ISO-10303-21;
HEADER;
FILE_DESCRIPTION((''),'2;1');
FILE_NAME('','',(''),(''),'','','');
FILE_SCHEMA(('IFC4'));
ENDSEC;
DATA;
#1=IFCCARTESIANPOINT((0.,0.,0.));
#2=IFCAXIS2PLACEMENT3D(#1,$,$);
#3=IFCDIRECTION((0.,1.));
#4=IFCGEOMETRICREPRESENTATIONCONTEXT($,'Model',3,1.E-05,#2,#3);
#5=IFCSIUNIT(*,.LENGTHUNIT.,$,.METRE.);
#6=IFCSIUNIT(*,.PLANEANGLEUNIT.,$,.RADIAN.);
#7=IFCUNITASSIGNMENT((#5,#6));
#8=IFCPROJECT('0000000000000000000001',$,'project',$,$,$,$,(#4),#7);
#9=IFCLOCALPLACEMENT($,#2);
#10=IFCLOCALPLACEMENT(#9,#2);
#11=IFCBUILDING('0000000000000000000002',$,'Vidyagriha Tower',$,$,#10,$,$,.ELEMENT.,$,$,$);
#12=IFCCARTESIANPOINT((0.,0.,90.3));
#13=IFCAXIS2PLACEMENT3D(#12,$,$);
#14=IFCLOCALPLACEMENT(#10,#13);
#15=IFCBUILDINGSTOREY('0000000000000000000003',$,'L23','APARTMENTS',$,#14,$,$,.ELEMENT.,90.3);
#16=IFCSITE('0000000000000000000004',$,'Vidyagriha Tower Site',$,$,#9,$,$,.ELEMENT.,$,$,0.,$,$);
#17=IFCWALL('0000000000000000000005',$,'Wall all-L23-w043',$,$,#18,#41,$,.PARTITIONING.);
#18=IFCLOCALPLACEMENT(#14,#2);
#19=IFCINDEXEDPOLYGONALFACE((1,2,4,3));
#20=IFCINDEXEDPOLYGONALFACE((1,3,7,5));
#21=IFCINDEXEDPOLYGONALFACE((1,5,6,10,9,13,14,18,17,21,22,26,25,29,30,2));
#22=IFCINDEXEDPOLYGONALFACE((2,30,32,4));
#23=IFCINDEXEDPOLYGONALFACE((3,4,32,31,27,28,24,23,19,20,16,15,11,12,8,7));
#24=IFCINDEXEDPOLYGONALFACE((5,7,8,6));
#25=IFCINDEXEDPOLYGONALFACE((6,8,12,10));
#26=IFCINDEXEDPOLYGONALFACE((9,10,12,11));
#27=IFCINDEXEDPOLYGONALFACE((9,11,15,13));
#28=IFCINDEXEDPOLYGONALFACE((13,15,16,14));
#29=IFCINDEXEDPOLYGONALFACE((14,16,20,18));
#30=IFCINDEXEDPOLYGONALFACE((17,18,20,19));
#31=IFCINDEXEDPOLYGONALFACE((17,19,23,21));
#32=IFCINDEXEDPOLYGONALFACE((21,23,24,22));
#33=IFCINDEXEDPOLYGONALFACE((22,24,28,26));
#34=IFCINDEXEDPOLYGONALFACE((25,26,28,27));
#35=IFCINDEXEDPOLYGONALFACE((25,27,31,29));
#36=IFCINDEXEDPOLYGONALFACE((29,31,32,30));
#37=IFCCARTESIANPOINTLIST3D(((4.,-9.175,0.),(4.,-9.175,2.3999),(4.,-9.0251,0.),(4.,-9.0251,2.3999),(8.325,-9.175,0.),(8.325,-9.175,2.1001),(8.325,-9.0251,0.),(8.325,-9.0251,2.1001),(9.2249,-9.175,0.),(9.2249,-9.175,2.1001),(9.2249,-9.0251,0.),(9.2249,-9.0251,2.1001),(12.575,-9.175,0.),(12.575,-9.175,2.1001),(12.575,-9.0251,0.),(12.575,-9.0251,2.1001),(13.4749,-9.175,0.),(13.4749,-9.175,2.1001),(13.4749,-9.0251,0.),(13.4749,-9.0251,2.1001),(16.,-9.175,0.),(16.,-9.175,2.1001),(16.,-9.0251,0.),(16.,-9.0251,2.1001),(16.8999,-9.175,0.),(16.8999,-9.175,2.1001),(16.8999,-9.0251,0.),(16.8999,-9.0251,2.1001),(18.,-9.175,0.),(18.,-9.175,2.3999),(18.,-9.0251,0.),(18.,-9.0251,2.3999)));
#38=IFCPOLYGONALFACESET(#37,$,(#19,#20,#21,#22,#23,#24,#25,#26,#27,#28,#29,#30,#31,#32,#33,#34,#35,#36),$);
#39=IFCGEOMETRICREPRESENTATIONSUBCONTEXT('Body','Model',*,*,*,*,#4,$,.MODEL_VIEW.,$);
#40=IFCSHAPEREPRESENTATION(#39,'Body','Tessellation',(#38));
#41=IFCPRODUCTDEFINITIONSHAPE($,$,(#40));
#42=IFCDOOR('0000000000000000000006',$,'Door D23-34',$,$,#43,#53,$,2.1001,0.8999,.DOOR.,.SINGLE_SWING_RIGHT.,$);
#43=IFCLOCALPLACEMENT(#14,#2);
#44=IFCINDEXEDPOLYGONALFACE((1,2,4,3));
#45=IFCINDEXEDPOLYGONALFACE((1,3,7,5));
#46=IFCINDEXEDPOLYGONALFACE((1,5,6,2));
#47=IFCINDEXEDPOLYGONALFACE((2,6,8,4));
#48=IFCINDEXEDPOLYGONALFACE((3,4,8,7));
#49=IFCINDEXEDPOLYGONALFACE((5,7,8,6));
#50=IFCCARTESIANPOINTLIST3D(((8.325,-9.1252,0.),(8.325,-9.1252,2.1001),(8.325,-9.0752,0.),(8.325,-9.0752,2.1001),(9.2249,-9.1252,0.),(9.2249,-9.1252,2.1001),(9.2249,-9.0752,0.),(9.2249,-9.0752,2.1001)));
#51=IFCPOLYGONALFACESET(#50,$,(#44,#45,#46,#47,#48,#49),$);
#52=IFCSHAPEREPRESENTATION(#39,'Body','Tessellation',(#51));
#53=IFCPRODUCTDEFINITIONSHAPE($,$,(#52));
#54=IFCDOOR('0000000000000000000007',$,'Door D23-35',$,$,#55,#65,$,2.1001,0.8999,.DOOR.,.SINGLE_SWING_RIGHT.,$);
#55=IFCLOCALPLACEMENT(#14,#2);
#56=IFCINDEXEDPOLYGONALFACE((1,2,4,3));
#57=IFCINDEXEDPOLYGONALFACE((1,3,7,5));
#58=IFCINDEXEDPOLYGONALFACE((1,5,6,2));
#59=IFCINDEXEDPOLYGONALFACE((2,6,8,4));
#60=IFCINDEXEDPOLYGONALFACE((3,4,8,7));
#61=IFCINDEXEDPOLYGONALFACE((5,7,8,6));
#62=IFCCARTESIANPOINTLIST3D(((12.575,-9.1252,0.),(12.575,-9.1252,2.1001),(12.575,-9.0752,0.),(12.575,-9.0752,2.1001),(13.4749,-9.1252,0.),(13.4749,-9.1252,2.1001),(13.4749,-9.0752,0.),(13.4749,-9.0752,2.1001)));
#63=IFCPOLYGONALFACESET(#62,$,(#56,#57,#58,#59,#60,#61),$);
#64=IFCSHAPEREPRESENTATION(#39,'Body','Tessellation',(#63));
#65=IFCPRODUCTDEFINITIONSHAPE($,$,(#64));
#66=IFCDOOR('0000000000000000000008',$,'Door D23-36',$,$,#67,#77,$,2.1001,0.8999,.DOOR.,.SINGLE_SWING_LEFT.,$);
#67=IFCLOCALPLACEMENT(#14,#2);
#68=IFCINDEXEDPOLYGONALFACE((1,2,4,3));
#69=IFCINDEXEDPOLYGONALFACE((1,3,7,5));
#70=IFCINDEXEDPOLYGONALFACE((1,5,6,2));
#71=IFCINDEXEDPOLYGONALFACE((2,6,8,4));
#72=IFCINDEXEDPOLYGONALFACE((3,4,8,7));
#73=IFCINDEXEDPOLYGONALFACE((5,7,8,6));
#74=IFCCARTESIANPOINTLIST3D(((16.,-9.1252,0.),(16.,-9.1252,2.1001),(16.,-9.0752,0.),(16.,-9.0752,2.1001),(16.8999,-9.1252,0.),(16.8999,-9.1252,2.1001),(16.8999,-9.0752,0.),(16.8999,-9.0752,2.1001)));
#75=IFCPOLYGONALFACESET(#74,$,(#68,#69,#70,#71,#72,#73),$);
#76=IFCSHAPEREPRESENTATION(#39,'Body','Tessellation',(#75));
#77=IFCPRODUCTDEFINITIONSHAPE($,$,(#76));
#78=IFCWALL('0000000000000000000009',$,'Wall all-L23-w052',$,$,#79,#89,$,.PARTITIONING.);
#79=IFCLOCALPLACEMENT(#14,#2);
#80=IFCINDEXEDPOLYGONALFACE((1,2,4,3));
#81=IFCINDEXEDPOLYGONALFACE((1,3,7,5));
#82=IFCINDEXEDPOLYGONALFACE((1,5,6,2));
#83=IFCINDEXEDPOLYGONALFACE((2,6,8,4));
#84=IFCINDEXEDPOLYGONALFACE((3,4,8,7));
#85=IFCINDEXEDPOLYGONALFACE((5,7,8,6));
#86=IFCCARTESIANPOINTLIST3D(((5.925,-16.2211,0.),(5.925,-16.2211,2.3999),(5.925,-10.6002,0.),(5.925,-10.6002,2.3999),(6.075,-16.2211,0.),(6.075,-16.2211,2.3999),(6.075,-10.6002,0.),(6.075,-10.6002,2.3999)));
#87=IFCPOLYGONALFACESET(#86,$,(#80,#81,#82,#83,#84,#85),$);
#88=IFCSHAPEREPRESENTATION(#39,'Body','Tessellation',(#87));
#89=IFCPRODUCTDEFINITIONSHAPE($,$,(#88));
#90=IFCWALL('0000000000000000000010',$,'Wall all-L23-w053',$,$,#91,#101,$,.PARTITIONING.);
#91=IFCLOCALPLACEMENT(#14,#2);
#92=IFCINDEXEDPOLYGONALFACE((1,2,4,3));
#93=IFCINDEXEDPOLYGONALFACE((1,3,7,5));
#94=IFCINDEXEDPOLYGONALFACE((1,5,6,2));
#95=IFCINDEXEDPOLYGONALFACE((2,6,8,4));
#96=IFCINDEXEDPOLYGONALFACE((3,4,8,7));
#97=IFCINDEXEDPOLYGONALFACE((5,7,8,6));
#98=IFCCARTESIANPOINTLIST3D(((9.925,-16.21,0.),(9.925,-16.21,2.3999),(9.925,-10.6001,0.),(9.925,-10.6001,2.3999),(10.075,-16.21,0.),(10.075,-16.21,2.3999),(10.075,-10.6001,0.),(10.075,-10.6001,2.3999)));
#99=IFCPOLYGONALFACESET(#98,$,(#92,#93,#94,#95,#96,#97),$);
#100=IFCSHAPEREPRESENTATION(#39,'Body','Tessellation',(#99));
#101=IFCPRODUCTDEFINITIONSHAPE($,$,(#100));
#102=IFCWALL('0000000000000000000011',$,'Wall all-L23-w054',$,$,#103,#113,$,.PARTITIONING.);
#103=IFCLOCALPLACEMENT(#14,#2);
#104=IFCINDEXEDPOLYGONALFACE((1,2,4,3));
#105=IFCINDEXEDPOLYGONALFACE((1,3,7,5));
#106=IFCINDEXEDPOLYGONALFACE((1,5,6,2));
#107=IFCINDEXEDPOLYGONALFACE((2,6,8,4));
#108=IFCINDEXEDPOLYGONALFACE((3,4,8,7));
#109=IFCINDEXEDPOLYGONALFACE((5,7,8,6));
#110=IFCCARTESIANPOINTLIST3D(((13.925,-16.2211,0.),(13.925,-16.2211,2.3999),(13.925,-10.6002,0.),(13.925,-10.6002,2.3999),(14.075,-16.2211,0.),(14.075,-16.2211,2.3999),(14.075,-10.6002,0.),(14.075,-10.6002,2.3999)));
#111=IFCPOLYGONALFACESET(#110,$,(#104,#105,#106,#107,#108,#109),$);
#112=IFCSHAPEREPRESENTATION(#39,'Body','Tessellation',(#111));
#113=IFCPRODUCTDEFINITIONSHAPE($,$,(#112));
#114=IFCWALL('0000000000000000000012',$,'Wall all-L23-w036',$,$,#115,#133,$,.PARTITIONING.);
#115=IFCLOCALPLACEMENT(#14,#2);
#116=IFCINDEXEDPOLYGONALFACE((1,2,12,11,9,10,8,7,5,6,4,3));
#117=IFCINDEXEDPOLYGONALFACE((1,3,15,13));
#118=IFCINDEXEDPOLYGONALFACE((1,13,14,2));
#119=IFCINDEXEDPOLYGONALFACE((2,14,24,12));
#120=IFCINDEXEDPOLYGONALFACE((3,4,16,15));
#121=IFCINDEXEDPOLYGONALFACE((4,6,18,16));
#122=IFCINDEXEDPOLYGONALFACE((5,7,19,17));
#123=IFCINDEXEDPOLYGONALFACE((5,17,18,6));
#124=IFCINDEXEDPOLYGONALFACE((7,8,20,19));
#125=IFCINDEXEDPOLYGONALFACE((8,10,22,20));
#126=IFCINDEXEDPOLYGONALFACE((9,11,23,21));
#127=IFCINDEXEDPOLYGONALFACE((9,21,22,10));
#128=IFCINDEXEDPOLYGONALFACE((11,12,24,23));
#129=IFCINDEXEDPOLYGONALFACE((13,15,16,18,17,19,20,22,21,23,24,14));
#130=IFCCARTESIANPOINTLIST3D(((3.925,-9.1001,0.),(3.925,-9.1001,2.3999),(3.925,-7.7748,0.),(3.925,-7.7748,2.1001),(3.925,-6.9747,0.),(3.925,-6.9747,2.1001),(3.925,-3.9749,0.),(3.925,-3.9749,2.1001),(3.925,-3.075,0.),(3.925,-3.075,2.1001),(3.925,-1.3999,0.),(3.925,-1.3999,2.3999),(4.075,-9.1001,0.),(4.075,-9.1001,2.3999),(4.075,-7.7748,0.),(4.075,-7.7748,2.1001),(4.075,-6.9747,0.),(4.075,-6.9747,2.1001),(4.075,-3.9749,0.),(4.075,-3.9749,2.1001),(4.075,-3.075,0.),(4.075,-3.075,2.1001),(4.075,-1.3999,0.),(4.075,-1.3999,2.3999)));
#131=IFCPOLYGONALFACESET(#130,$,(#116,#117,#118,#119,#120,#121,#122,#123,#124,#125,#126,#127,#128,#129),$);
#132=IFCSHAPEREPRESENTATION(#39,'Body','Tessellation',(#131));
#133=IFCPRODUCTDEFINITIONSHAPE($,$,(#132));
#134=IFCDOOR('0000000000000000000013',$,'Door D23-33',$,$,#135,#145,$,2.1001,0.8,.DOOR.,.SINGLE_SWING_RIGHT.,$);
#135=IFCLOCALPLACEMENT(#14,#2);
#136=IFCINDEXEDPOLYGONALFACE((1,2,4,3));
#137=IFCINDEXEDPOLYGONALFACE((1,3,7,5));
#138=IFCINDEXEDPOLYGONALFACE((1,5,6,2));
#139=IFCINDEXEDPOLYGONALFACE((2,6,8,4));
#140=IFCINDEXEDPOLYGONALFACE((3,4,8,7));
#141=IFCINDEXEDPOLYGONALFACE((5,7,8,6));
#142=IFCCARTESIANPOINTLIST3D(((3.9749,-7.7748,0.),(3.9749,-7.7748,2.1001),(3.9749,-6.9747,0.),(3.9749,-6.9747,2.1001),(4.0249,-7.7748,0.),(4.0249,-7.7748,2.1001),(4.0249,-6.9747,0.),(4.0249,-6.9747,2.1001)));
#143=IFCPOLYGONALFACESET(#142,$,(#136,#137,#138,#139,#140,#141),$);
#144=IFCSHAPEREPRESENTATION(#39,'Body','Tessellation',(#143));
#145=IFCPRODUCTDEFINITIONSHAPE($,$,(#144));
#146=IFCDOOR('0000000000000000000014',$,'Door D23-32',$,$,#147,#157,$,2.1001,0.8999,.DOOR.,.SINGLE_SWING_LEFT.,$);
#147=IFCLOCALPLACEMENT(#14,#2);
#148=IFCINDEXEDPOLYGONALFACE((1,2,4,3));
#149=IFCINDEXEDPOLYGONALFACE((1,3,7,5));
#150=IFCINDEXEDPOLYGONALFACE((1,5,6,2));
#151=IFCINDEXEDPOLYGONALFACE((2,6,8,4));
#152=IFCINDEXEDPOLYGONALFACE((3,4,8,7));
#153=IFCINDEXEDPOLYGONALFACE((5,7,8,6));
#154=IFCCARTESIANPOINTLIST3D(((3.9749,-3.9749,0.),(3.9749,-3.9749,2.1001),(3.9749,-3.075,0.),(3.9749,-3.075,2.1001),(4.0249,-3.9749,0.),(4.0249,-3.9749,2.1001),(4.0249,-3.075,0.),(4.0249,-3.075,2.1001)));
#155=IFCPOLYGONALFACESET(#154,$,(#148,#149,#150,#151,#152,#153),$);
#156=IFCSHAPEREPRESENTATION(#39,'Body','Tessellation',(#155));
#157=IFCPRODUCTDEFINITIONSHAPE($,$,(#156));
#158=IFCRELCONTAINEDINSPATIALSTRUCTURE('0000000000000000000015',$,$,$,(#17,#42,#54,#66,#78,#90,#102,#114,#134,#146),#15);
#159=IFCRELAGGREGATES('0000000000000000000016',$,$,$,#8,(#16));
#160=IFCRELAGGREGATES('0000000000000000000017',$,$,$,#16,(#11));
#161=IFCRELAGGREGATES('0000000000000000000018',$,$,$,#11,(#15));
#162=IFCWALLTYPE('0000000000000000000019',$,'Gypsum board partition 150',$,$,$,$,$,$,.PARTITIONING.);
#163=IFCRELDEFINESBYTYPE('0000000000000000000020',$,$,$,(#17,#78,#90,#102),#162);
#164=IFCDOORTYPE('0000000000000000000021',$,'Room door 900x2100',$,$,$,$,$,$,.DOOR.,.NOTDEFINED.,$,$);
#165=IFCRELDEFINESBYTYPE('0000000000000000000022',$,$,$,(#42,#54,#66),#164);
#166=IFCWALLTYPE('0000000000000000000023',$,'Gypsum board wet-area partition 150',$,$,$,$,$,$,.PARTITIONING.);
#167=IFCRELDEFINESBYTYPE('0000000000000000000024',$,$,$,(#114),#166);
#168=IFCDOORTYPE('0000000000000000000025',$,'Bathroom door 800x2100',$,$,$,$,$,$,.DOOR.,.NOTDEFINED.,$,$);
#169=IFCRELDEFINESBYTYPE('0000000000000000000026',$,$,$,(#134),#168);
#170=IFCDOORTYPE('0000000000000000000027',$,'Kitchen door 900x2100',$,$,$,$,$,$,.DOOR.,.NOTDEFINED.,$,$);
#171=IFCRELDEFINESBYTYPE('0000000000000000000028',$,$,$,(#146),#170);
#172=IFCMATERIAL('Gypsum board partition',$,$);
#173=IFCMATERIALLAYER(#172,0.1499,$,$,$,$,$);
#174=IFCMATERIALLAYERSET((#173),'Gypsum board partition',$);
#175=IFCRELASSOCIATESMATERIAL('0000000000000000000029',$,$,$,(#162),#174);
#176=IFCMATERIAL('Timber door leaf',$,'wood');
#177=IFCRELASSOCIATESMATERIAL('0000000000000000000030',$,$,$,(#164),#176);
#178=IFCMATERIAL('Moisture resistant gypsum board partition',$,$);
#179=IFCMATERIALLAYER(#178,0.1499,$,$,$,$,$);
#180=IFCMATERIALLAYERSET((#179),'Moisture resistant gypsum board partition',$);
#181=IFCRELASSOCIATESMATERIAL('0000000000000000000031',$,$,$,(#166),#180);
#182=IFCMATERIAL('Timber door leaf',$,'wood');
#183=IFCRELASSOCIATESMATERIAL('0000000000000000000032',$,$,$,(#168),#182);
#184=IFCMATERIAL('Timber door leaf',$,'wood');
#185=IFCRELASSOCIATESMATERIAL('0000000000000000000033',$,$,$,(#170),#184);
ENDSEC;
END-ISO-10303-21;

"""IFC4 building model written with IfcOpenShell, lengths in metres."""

from ifc_helpers import new_model, si_unit, direction, frame, frame_2d, origin, place, context, subcontext, project, spatial, rectangle, extrude, material, layer, layer_set, type_object, element, fill, save


model = new_model("IFC4")

# Units and contexts
model_context = context("Model", 3, precision=1e-05, world=origin(), true_north=direction((0.0, 1.0)))
body_context = subcontext(model_context, "Body", "Model", "MODEL_VIEW")
ifc_project = project(units=[si_unit("LENGTHUNIT", "METRE"), si_unit("PLANEANGLEUNIT", "RADIAN")], contexts=[model_context])

# Site, building, storey
site_placement = place(None, origin())
site = spatial("IfcSite", under=ifc_project, at=site_placement, Name="Vidyagriha Tower Site", CompositionType="ELEMENT", RefElevation=0.0)
building_placement = place(site_placement, origin())
building = spatial("IfcBuilding", under=site, at=building_placement, Name="Vidyagriha Tower", CompositionType="ELEMENT")
storey_placement = place(building_placement, frame((0.0, 0.0, 90.3)))
storey = spatial("IfcBuildingStorey", under=building, at=storey_placement, Name="L23", Description="APARTMENTS", CompositionType="ELEMENT", Elevation=90.3)

# Shared definitions
ifc_material_1 = material(Name="Gypsum board partition")
ifc_layer_1 = layer(ifc_material_1, 0.1499)
ifc_layer_set_1 = layer_set([ifc_layer_1], Name="Gypsum board partition")
wall_type_1 = type_object("IfcWallType", Name="Gypsum board partition 150", PredefinedType="PARTITIONING", material=ifc_layer_set_1)

# Wall, openings, doors
wall_1_placement = place(storey_placement, frame((4.0, -9.1001, 0.0)))
wall_1 = element("IfcWall", 1, at=wall_1_placement, inside=storey, type_object=wall_type_1, Name="Wall all-L23-w043", PredefinedType="PARTITIONING", context=body_context, shape_type="SweptSolid", body=[
    extrude(rectangle(XDim=14.0, YDim=0.1499, at=frame_2d((7.0, 0.0))), origin(), (0.0, 0.0, 1.0), 2.3999),
])
opening_1_placement = place(wall_1_placement, frame((4.325, 0.0, 0.0)))
opening_1 = element("IfcOpeningElement", 2, at=opening_1_placement, cuts=wall_1, PredefinedType="OPENING", context=body_context, shape_type="SweptSolid", body=[
    extrude(rectangle(XDim=0.8999, YDim=2.1001, at=frame_2d((0.45, 1.05))), frame((0.0, 0.085, 0.0), z_axis=(0.0, -1.0, 0.0), x_axis=(1.0, 0.0, 0.0)), (0.0, 0.0, 1.0), 0.1699),
])
opening_2_placement = place(wall_1_placement, frame((8.575, 0.0, 0.0)))
opening_2 = element("IfcOpeningElement", 3, at=opening_2_placement, cuts=wall_1, PredefinedType="OPENING", context=body_context, shape_type="SweptSolid", body=[
    extrude(rectangle(XDim=0.8999, YDim=2.1001, at=frame_2d((0.45, 1.05))), frame((0.0, 0.085, 0.0), z_axis=(0.0, -1.0, 0.0), x_axis=(1.0, 0.0, 0.0)), (0.0, 0.0, 1.0), 0.1699),
])
opening_3_placement = place(wall_1_placement, frame((12.0, 0.0, 0.0)))
opening_3 = element("IfcOpeningElement", 4, at=opening_3_placement, cuts=wall_1, PredefinedType="OPENING", context=body_context, shape_type="SweptSolid", body=[
    extrude(rectangle(XDim=0.8999, YDim=2.1001, at=frame_2d((0.45, 1.05))), frame((0.0, 0.085, 0.0), z_axis=(0.0, -1.0, 0.0), x_axis=(1.0, 0.0, 0.0)), (0.0, 0.0, 1.0), 0.1699),
])
ifc_material_2 = material(Name="Timber door leaf", Category="wood")
door_type_1 = type_object("IfcDoorType", Name="Room door 900x2100", OperationType="NOTDEFINED", PredefinedType="DOOR", material=ifc_material_2)
door_1_placement = place(opening_1_placement, origin())
door_1 = element("IfcDoor", 5, at=door_1_placement, inside=storey, type_object=door_type_1, Name="Door D23-34", OperationType="SINGLE_SWING_RIGHT", OverallHeight=2.1001, OverallWidth=0.8999, PredefinedType="DOOR", context=body_context, shape_type="SweptSolid", body=[
    extrude(rectangle(XDim=0.8999, YDim=2.1001, at=frame_2d((0.45, 1.05))), frame((0.0, 0.0249, 0.0), z_axis=(0.0, -1.0, 0.0), x_axis=(1.0, 0.0, 0.0)), (0.0, 0.0, 1.0), 0.05),
])
fill(opening_1, door_1)
door_2_placement = place(opening_2_placement, origin())
door_2 = element("IfcDoor", 6, at=door_2_placement, inside=storey, type_object=door_type_1, Name="Door D23-35", OperationType="SINGLE_SWING_RIGHT", OverallHeight=2.1001, OverallWidth=0.8999, PredefinedType="DOOR", context=body_context, shape_type="SweptSolid", body=[
    extrude(rectangle(XDim=0.8999, YDim=2.1001, at=frame_2d((0.45, 1.05))), frame((0.0, 0.0249, 0.0), z_axis=(0.0, -1.0, 0.0), x_axis=(1.0, 0.0, 0.0)), (0.0, 0.0, 1.0), 0.05),
])
fill(opening_2, door_2)
door_3_placement = place(opening_3_placement, origin())
door_3 = element("IfcDoor", 7, at=door_3_placement, inside=storey, type_object=door_type_1, Name="Door D23-36", OperationType="SINGLE_SWING_LEFT", OverallHeight=2.1001, OverallWidth=0.8999, PredefinedType="DOOR", context=body_context, shape_type="SweptSolid", body=[
    extrude(rectangle(XDim=0.8999, YDim=2.1001, at=frame_2d((0.45, 1.05))), frame((0.0, 0.0249, 0.0), z_axis=(0.0, -1.0, 0.0), x_axis=(1.0, 0.0, 0.0)), (0.0, 0.0, 1.0), 0.05),
])
fill(opening_3, door_3)

# Walls
wall_2_placement = place(storey_placement, frame((6.0, -10.6001, 0.0), z_axis=(0.0, 0.0, 1.0), x_axis=(0.0, -1.0, 0.0)))
element("IfcWall", 8, at=wall_2_placement, inside=storey, type_object=wall_type_1, Name="Wall all-L23-w052", PredefinedType="PARTITIONING", context=body_context, shape_type="SweptSolid", body=[
    extrude(rectangle(XDim=5.6208, YDim=0.1499, at=frame_2d((2.8105, 0.0))), origin(), (0.0, 0.0, 1.0), 2.3999),
])
wall_3_placement = place(storey_placement, frame((10.0, -10.6001, 0.0), z_axis=(0.0, 0.0, 1.0), x_axis=(0.0, -1.0, 0.0)))
element("IfcWall", 9, at=wall_3_placement, inside=storey, type_object=wall_type_1, Name="Wall all-L23-w053", PredefinedType="PARTITIONING", context=body_context, shape_type="SweptSolid", body=[
    extrude(rectangle(XDim=5.6099, YDim=0.1499, at=frame_2d((2.8049, 0.0))), origin(), (0.0, 0.0, 1.0), 2.3999),
])
wall_4_placement = place(storey_placement, frame((14.0, -10.6001, 0.0), z_axis=(0.0, 0.0, 1.0), x_axis=(0.0, -1.0, 0.0)))
element("IfcWall", 10, at=wall_4_placement, inside=storey, type_object=wall_type_1, Name="Wall all-L23-w054", PredefinedType="PARTITIONING", context=body_context, shape_type="SweptSolid", body=[
    extrude(rectangle(XDim=5.6208, YDim=0.1499, at=frame_2d((2.8105, 0.0))), origin(), (0.0, 0.0, 1.0), 2.3999),
])

# Wall, openings, doors
ifc_material_3 = material(Name="Moisture resistant gypsum board partition")
ifc_layer_2 = layer(ifc_material_3, 0.1499)
ifc_layer_set_2 = layer_set([ifc_layer_2], Name="Moisture resistant gypsum board partition")
wall_type_2 = type_object("IfcWallType", Name="Gypsum board wet-area partition 150", PredefinedType="PARTITIONING", material=ifc_layer_set_2)
wall_5_placement = place(storey_placement, frame((4.0, -1.3999, 0.0), z_axis=(0.0, 0.0, 1.0), x_axis=(0.0, -1.0, 0.0)))
wall_5 = element("IfcWall", 11, at=wall_5_placement, inside=storey, type_object=wall_type_2, Name="Wall all-L23-w036", PredefinedType="PARTITIONING", context=body_context, shape_type="SweptSolid", body=[
    extrude(rectangle(XDim=7.7002, YDim=0.1499, at=frame_2d((3.8501, 0.0))), origin(), (0.0, 0.0, 1.0), 2.3999),
])
opening_4_placement = place(wall_5_placement, frame((1.675, 0.0, 0.0)))
opening_4 = element("IfcOpeningElement", 12, at=opening_4_placement, cuts=wall_5, PredefinedType="OPENING", context=body_context, shape_type="SweptSolid", body=[
    extrude(rectangle(XDim=0.8999, YDim=2.1001, at=frame_2d((0.45, 1.05))), frame((0.0, 0.085, 0.0), z_axis=(0.0, -1.0, 0.0), x_axis=(1.0, 0.0, 0.0)), (0.0, 0.0, 1.0), 0.1699),
])
opening_5_placement = place(wall_5_placement, frame((5.575, 0.0, 0.0)))
opening_5 = element("IfcOpeningElement", 13, at=opening_5_placement, cuts=wall_5, PredefinedType="OPENING", context=body_context, shape_type="SweptSolid", body=[
    extrude(rectangle(XDim=0.8, YDim=2.1001, at=frame_2d((0.3999, 1.05))), frame((0.0, 0.085, 0.0), z_axis=(0.0, -1.0, 0.0), x_axis=(1.0, 0.0, 0.0)), (0.0, 0.0, 1.0), 0.1699),
])
ifc_material_4 = material(Name="Timber door leaf", Category="wood")
door_type_2 = type_object("IfcDoorType", Name="Bathroom door 800x2100", OperationType="NOTDEFINED", PredefinedType="DOOR", material=ifc_material_4)
door_4_placement = place(opening_5_placement, origin())
door_4 = element("IfcDoor", 14, at=door_4_placement, inside=storey, type_object=door_type_2, Name="Door D23-33", OperationType="SINGLE_SWING_RIGHT", OverallHeight=2.1001, OverallWidth=0.8, PredefinedType="DOOR", context=body_context, shape_type="SweptSolid", body=[
    extrude(rectangle(XDim=0.8, YDim=2.1001, at=frame_2d((0.3999, 1.05))), frame((0.0, 0.0249, 0.0), z_axis=(0.0, -1.0, 0.0), x_axis=(1.0, 0.0, 0.0)), (0.0, 0.0, 1.0), 0.05),
])
fill(opening_5, door_4)
ifc_material_5 = material(Name="Timber door leaf", Category="wood")
door_type_3 = type_object("IfcDoorType", Name="Kitchen door 900x2100", OperationType="NOTDEFINED", PredefinedType="DOOR", material=ifc_material_5)
door_5_placement = place(opening_4_placement, origin())
door_5 = element("IfcDoor", 15, at=door_5_placement, inside=storey, type_object=door_type_3, Name="Door D23-32", OperationType="SINGLE_SWING_LEFT", OverallHeight=2.1001, OverallWidth=0.8999, PredefinedType="DOOR", context=body_context, shape_type="SweptSolid", body=[
    extrude(rectangle(XDim=0.8999, YDim=2.1001, at=frame_2d((0.45, 1.05))), frame((0.0, 0.0249, 0.0), z_axis=(0.0, -1.0, 0.0), x_axis=(1.0, 0.0, 0.0)), (0.0, 0.0, 1.0), 0.05),
])
fill(opening_4, door_5)

save(model, "model.ifc")
